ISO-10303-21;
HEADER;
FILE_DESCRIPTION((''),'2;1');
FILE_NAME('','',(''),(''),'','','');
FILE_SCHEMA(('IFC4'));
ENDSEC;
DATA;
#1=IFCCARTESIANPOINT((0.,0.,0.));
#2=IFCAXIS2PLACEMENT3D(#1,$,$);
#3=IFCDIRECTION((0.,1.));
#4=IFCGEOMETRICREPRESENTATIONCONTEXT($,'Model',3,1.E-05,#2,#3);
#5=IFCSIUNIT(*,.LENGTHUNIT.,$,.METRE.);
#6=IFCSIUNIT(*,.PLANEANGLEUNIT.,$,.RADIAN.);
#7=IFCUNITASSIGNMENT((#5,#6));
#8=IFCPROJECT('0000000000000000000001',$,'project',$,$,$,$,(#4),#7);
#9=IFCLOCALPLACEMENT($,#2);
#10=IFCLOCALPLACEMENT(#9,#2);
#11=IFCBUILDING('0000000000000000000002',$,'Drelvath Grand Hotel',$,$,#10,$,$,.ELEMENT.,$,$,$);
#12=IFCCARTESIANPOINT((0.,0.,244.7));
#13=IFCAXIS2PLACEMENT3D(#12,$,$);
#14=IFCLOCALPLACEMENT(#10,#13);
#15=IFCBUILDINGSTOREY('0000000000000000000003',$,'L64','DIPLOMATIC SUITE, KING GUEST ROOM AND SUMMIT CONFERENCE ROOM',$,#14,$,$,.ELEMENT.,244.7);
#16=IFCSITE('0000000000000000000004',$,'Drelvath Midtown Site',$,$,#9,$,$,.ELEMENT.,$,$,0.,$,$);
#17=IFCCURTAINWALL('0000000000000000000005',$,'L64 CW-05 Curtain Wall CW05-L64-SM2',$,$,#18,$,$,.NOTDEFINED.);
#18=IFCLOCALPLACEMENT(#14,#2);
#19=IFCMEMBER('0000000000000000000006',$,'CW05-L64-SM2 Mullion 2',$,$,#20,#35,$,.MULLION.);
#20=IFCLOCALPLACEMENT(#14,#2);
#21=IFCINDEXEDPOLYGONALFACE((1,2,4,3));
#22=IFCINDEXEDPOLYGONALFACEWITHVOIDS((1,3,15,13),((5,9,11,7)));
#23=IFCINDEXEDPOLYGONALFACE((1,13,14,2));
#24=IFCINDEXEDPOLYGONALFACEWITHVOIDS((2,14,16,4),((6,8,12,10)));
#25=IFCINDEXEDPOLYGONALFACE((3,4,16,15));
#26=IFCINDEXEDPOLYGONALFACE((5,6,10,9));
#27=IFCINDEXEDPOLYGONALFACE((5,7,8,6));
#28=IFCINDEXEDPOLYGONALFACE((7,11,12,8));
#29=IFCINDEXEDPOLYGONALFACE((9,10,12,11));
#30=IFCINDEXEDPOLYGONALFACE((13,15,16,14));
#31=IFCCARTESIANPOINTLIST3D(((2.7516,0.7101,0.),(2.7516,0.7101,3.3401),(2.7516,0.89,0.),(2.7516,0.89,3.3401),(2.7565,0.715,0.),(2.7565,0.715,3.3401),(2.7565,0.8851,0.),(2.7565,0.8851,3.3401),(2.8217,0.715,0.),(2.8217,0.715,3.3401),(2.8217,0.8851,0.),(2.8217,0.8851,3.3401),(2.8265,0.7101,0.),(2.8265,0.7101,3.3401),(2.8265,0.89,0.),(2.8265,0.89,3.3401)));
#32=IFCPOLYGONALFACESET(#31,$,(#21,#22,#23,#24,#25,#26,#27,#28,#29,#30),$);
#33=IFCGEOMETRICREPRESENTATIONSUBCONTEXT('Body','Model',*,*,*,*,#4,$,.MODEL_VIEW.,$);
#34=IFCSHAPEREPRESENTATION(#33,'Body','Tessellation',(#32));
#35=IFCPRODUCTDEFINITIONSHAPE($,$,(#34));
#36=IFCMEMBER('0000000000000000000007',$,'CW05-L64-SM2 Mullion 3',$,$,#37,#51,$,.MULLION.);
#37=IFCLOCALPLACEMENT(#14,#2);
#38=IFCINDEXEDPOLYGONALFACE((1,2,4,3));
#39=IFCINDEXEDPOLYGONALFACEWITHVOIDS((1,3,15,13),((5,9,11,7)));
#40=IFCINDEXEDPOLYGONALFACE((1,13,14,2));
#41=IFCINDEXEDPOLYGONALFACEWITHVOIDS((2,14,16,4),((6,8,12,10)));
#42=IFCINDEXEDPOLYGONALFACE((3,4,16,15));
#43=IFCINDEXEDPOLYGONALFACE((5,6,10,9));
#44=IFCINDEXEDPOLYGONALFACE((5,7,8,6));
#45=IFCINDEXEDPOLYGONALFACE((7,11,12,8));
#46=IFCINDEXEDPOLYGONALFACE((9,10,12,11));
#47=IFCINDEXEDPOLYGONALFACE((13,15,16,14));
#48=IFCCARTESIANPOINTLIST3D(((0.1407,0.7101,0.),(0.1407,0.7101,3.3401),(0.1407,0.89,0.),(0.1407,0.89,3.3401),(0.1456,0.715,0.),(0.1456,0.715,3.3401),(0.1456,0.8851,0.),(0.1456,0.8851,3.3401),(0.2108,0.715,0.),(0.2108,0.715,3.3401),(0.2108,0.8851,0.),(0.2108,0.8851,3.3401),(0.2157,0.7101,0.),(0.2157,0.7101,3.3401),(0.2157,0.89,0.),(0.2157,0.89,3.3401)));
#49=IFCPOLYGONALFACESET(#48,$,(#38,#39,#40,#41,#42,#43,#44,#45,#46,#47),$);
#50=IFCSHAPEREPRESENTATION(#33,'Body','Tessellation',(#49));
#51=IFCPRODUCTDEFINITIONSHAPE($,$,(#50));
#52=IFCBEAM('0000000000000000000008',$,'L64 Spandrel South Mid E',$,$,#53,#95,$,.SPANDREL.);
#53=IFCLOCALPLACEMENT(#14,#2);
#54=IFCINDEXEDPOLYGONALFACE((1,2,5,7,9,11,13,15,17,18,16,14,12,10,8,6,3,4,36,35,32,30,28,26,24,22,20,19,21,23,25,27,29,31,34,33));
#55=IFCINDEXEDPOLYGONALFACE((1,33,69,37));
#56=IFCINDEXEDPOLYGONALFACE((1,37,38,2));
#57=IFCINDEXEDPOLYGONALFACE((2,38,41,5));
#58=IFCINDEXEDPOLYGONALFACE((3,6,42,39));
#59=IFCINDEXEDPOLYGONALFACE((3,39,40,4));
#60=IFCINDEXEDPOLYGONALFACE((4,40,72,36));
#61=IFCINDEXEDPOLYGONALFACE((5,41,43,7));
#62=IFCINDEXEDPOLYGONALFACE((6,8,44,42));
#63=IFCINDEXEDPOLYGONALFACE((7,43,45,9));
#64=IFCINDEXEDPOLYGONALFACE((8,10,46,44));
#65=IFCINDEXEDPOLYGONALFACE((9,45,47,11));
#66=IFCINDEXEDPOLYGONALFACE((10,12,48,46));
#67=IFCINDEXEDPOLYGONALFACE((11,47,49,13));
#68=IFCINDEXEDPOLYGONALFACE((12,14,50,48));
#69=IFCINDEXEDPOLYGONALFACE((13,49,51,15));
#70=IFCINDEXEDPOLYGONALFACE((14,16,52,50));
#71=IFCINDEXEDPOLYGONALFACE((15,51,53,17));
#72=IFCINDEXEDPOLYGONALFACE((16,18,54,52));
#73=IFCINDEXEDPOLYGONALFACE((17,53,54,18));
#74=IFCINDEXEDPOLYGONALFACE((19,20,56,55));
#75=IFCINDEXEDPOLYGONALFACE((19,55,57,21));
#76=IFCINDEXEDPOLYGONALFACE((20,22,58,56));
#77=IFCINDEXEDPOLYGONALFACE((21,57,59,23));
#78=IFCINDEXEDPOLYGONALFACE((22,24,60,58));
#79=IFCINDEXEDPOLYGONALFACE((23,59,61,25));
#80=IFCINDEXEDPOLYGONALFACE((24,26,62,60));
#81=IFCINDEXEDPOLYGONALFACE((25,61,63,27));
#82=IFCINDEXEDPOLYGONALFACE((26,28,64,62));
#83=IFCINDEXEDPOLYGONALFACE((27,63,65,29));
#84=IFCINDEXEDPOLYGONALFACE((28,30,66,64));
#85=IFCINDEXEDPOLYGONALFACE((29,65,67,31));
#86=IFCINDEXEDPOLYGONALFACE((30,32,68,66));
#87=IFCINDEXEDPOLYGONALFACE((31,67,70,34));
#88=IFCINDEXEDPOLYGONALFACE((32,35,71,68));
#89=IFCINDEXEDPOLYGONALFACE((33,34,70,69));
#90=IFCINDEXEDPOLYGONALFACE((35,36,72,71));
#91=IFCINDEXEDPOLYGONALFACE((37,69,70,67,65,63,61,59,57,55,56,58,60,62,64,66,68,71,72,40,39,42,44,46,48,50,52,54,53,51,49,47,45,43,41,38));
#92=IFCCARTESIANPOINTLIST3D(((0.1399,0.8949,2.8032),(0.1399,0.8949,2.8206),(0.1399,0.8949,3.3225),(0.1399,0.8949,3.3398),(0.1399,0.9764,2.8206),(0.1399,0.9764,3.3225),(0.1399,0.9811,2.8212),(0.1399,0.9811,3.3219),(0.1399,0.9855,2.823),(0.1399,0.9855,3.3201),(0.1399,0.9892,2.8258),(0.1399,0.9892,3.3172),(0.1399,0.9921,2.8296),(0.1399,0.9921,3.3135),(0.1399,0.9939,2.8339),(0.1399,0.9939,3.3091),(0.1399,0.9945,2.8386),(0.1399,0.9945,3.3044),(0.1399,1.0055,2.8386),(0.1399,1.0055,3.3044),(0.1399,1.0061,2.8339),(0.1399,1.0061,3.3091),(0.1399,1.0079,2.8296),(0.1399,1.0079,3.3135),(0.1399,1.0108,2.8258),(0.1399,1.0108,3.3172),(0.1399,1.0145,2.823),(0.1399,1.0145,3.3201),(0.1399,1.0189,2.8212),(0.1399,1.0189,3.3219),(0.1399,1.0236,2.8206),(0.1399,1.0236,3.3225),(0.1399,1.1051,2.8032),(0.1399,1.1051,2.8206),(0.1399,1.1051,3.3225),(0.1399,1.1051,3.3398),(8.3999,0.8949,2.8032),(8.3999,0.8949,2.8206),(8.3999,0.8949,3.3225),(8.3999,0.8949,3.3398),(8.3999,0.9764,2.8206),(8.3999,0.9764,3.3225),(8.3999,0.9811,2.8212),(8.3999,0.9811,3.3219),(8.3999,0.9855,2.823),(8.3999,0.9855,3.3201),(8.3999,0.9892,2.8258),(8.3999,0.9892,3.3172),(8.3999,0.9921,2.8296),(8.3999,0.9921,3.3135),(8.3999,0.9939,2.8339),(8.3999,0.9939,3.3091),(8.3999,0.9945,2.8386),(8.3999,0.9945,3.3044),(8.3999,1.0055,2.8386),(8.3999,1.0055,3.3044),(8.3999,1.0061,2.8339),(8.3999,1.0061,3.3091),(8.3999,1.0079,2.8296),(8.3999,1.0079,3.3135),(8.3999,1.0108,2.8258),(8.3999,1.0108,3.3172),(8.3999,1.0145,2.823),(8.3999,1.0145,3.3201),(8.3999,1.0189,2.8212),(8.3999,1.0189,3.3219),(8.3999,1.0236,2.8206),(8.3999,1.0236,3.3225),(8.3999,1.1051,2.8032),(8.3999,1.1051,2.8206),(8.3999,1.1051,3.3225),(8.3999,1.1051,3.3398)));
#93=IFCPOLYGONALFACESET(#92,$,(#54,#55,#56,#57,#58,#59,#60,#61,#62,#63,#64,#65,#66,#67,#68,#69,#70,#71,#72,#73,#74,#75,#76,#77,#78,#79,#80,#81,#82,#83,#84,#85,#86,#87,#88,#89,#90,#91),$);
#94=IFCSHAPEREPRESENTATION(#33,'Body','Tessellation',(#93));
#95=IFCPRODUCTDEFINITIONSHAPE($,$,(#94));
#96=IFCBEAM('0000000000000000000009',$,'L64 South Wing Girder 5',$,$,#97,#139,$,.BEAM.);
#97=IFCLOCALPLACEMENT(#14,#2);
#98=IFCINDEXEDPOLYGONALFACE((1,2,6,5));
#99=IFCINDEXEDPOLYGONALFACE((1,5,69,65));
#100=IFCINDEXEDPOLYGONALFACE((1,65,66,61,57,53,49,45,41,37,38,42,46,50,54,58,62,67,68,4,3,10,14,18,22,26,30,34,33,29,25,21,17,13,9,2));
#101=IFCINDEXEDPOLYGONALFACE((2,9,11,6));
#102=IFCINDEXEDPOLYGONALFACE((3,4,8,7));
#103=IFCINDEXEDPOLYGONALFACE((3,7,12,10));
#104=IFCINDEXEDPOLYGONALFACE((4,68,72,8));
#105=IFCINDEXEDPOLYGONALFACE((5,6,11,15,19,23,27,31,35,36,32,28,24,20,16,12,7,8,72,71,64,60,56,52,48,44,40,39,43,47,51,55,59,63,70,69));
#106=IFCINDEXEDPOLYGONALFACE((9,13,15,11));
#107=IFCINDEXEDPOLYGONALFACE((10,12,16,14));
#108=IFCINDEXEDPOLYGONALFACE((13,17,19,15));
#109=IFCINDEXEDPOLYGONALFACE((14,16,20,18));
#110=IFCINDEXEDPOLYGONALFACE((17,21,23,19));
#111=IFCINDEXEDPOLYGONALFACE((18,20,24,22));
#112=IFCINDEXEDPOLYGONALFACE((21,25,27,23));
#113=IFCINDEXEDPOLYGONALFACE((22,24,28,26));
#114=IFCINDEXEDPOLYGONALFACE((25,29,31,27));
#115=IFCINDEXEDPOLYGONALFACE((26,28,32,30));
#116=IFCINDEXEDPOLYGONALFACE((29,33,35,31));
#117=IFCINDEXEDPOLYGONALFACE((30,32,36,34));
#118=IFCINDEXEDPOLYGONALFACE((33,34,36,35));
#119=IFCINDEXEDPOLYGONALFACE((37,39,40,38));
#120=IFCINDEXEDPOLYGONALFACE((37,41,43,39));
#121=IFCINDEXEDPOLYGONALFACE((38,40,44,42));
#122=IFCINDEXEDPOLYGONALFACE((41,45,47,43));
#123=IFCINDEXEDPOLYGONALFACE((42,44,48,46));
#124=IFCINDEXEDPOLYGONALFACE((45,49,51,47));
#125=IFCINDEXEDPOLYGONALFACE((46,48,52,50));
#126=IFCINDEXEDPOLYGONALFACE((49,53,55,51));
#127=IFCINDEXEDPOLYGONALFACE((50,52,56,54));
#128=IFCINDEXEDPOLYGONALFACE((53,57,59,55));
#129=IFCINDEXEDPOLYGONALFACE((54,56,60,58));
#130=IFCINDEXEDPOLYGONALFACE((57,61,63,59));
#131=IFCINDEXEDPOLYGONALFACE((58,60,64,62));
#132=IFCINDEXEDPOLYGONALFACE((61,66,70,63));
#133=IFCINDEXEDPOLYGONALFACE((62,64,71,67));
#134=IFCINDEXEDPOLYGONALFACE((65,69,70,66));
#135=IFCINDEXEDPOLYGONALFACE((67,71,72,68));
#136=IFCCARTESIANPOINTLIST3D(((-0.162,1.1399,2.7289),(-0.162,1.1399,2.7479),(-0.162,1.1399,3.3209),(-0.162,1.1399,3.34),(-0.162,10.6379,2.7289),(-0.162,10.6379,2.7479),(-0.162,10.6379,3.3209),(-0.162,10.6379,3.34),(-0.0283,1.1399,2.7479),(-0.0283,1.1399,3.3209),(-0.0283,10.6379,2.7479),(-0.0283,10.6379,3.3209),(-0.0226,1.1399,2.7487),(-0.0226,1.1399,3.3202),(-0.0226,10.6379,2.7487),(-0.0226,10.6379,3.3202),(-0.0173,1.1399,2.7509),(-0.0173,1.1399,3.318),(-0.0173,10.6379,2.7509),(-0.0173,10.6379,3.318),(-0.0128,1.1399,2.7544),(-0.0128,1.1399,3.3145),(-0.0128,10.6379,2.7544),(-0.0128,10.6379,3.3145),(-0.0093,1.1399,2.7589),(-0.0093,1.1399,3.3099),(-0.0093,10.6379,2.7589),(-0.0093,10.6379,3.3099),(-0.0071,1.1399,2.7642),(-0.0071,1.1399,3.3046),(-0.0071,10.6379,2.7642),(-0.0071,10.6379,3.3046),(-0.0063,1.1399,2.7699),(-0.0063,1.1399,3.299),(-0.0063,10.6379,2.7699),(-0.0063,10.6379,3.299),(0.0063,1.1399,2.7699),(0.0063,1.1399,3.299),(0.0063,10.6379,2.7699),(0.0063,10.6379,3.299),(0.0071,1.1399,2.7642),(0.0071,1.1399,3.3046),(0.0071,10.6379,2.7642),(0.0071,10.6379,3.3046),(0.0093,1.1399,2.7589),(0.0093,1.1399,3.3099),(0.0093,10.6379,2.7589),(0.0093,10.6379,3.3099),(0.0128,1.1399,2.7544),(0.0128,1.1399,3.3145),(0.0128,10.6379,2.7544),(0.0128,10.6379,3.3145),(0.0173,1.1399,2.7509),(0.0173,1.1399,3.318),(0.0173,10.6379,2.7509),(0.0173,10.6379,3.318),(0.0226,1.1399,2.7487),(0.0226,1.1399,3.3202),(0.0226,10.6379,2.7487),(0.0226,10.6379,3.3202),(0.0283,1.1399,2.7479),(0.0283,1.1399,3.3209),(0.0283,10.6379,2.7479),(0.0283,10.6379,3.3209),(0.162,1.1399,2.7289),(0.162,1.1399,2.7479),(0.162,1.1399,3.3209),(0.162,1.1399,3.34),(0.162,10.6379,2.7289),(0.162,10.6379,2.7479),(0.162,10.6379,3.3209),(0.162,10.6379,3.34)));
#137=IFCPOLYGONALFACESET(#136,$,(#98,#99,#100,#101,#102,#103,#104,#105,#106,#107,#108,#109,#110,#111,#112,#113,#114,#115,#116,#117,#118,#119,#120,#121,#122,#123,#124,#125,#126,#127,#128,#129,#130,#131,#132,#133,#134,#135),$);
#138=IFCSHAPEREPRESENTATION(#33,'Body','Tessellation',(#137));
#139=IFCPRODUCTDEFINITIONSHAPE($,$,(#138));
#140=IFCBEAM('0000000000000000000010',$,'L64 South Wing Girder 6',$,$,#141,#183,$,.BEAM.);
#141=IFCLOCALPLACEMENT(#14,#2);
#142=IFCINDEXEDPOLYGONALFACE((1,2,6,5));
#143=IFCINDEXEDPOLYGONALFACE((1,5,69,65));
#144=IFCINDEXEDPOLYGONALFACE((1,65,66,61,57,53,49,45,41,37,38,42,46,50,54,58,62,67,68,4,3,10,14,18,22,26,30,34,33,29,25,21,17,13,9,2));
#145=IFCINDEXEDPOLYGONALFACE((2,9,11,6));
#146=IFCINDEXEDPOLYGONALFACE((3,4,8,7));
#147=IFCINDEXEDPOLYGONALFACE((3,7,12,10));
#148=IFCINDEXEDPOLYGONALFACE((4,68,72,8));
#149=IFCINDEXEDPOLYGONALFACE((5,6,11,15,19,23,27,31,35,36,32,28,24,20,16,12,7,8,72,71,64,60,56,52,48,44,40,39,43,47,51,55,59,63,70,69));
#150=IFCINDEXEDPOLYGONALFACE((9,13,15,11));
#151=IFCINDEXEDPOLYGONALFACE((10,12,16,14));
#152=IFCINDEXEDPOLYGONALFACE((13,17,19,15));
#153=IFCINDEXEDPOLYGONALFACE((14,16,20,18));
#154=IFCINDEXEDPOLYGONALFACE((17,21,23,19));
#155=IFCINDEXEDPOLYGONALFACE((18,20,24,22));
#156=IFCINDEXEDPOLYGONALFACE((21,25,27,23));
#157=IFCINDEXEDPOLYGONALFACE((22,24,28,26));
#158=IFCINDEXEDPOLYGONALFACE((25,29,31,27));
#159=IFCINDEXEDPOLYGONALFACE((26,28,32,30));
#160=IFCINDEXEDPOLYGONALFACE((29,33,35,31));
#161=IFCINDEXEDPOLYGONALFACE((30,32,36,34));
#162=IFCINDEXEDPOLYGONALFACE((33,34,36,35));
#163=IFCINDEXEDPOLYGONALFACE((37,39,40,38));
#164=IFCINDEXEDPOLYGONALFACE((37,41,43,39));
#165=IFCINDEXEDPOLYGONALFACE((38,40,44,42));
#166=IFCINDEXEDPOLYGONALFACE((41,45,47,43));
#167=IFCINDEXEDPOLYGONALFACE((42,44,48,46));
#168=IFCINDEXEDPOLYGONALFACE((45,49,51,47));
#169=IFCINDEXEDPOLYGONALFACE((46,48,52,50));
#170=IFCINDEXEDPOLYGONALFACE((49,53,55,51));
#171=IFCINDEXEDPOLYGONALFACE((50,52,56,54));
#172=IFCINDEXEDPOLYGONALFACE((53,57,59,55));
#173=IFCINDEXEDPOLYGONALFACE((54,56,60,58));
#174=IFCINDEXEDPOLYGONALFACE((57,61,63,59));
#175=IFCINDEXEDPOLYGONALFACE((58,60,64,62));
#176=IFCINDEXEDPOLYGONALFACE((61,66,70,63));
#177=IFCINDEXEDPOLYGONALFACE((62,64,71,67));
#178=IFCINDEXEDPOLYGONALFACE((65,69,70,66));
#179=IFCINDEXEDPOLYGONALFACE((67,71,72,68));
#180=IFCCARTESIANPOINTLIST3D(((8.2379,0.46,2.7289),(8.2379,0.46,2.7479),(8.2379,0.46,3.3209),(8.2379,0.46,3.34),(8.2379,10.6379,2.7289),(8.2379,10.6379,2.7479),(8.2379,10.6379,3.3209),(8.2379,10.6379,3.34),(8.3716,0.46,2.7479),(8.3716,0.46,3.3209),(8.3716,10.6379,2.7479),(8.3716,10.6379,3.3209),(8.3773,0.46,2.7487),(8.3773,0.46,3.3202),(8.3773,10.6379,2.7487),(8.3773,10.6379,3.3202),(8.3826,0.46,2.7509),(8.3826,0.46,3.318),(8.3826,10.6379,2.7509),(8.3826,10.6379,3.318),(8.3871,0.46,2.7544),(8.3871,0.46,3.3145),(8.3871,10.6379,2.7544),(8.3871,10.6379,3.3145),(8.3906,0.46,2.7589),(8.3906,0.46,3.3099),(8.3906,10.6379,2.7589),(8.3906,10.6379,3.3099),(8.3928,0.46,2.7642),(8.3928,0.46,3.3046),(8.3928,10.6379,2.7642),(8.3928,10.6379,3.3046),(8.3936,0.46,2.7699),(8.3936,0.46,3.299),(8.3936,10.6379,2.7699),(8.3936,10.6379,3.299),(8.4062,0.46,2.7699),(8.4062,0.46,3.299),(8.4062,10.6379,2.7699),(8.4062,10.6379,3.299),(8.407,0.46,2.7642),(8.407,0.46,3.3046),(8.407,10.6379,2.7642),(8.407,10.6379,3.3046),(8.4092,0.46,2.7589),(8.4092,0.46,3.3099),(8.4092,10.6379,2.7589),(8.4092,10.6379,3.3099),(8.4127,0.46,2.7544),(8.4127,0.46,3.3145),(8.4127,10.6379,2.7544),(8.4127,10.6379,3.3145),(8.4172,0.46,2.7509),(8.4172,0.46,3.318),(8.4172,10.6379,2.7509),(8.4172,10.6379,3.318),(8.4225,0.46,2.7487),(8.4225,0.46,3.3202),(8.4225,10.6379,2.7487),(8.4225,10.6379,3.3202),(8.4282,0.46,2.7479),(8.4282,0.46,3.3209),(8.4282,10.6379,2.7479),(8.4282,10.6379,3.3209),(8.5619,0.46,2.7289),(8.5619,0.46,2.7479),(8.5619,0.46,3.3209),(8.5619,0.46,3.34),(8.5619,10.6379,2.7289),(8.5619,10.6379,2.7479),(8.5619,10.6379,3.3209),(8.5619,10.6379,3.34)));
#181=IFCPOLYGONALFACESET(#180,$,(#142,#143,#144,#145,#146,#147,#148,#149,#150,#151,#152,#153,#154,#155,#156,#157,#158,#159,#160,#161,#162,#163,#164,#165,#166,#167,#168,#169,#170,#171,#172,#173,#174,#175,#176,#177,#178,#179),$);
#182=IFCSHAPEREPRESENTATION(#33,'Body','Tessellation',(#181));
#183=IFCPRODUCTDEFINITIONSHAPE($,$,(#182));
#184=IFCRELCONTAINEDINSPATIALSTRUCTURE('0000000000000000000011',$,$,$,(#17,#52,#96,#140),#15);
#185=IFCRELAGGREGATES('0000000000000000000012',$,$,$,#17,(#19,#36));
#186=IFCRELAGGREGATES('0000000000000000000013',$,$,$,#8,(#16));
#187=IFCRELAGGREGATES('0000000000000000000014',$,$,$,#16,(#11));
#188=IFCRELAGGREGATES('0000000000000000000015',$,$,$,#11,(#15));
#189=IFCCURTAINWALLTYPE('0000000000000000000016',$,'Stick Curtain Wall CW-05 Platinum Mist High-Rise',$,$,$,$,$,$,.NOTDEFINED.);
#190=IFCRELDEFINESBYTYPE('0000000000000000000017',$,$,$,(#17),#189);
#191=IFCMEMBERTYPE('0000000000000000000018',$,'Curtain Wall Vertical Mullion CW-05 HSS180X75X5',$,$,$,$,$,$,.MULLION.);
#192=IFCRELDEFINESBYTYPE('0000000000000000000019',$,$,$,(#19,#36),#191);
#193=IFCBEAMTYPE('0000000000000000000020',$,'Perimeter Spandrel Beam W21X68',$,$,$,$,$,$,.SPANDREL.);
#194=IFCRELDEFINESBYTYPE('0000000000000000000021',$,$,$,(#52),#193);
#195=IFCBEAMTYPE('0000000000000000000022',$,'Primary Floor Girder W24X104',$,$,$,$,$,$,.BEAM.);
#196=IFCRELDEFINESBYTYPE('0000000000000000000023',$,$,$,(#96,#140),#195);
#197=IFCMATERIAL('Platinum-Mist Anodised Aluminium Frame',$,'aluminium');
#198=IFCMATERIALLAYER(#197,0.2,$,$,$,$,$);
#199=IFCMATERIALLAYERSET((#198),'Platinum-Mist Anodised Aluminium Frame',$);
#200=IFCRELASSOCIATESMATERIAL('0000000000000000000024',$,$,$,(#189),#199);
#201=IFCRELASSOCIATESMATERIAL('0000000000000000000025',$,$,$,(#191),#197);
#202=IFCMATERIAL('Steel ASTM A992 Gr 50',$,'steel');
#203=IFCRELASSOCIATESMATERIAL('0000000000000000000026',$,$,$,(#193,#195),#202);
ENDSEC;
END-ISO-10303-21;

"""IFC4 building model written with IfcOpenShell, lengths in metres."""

from ifc_helpers import new_model, si_unit, direction, frame, origin, origin_2d, place, context, subcontext, project, spatial, hollow_rectangle, i_section, extrude, material, layer, layer_set, material_profile, profile_set, type_object, element, aggregate, save


model = new_model("IFC4")

# Units and contexts
model_context = context("Model", 3, precision=1e-05, world=origin(), true_north=direction((0.0, 1.0)))
body_context = subcontext(model_context, "Body", "Model", "MODEL_VIEW")
ifc_project = project(units=[si_unit("LENGTHUNIT", "METRE"), si_unit("PLANEANGLEUNIT", "RADIAN")], contexts=[model_context])

# Site, building, storey
site_placement = place(None, origin())
site = spatial("IfcSite", under=ifc_project, at=site_placement, Name="Drelvath Midtown Site", CompositionType="ELEMENT", RefElevation=0.0)
building_placement = place(site_placement, origin())
building = spatial("IfcBuilding", under=site, at=building_placement, Name="Drelvath Grand Hotel", CompositionType="ELEMENT")
storey_placement = place(building_placement, frame((0.0, 0.0, 244.7)))
storey = spatial("IfcBuildingStorey", under=building, at=storey_placement, Name="L64", Description="DIPLOMATIC SUITE, KING GUEST ROOM AND SUMMIT CONFERENCE ROOM", CompositionType="ELEMENT", Elevation=244.7)

# Curtain wall
ifc_material_1 = material(Name="Platinum-Mist Anodised Aluminium Frame", Category="aluminium")
ifc_layer_1 = layer(ifc_material_1, 0.2)
ifc_layer_set_1 = layer_set([ifc_layer_1], Name="Platinum-Mist Anodised Aluminium Frame")
curtain_wall_type = type_object("IfcCurtainWallType", Name="Stick Curtain Wall CW-05 Platinum Mist High-Rise", PredefinedType="NOTDEFINED", material=ifc_layer_set_1)
curtain_wall_1_placement = place(storey_placement, origin())
curtain_wall_1 = element("IfcCurtainWall", 1, at=curtain_wall_1_placement, inside=storey, type_object=curtain_wall_type, Name="L64 CW-05 Curtain Wall CW05-L64-SM2", PredefinedType="NOTDEFINED")

# Members
ifc_material_profile_1 = material_profile(ifc_material_1, hollow_rectangle(XDim=0.075, YDim=0.1799, WallThickness=0.0049, at=origin_2d()), Name="HSS180X75X5")
ifc_profile_set_1 = profile_set([ifc_material_profile_1], Name="Platinum-Mist Anodised Aluminium Frame")
member_type_1 = type_object("IfcMemberType", Name="Curtain Wall Vertical Mullion CW-05 HSS180X75X5", PredefinedType="MULLION", material=ifc_profile_set_1)
member_1_placement = place(storey_placement, frame((2.7891, 0.8, 0.0), z_axis=(0.0, 0.0, 1.0), x_axis=(1.0, 0.0, 0.0)))
member_1 = element("IfcMember", 2, at=member_1_placement, type_object=member_type_1, Name="CW05-L64-SM2 Mullion 2", PredefinedType="MULLION", context=body_context, shape_type="SweptSolid", body=[
    extrude(hollow_rectangle(XDim=0.075, YDim=0.1799, WallThickness=0.0049, at=origin_2d()), origin(), (0.0, 0.0, 1.0), 3.3401),
])
member_2_placement = place(storey_placement, frame((0.1782, 0.8, 0.0), z_axis=(0.0, 0.0, 1.0), x_axis=(1.0, 0.0, 0.0)))
member_2 = element("IfcMember", 3, at=member_2_placement, type_object=member_type_1, Name="CW05-L64-SM2 Mullion 3", PredefinedType="MULLION", context=body_context, shape_type="SweptSolid", body=[
    extrude(hollow_rectangle(XDim=0.075, YDim=0.1799, WallThickness=0.0049, at=origin_2d()), origin(), (0.0, 0.0, 1.0), 3.3401),
])

# Beams
ifc_material_2 = material(Name="Steel ASTM A992 Gr 50", Category="steel")
ifc_material_profile_2 = material_profile(ifc_material_2, i_section(OverallWidth=0.2102, OverallDepth=0.5366, WebThickness=0.011, FlangeThickness=0.0173, FilletRadius=0.0181, at=origin_2d()), Name="W21X68")
ifc_profile_set_2 = profile_set([ifc_material_profile_2], Name="Steel ASTM A992 Gr 50")
beam_type_1 = type_object("IfcBeamType", Name="Perimeter Spandrel Beam W21X68", PredefinedType="SPANDREL", material=ifc_profile_set_2)
beam_1_placement = place(storey_placement, frame((0.1399, 1.0, 3.0715), z_axis=(1.0, 0.0, 0.0), x_axis=(0.0, 1.0, 0.0)))
element("IfcBeam", 4, at=beam_1_placement, inside=storey, type_object=beam_type_1, Name="L64 Spandrel South Mid E", PredefinedType="SPANDREL", context=body_context, shape_type="SweptSolid", body=[
    extrude(i_section(OverallWidth=0.2102, OverallDepth=0.5366, WebThickness=0.011, FlangeThickness=0.0173, FilletRadius=0.0181, at=origin_2d()), origin(), (0.0, 0.0, 1.0), 8.26),
])
ifc_material_profile_3 = material_profile(ifc_material_2, i_section(OverallWidth=0.324, OverallDepth=0.6111, WebThickness=0.0127, FlangeThickness=0.019, FilletRadius=0.022, at=origin_2d()), Name="W24X104")
ifc_profile_set_3 = profile_set([ifc_material_profile_3], Name="Steel ASTM A992 Gr 50")
beam_type_2 = type_object("IfcBeamType", Name="Primary Floor Girder W24X104", PredefinedType="BEAM", material=ifc_profile_set_3)
beam_2_placement = place(storey_placement, frame((0.0, 1.1399, 3.0344), z_axis=(0.0, 1.0, 0.0), x_axis=(-1.0, 0.0, 0.0)))
element("IfcBeam", 5, at=beam_2_placement, inside=storey, type_object=beam_type_2, Name="L64 South Wing Girder 5", PredefinedType="BEAM", context=body_context, shape_type="SweptSolid", body=[
    extrude(i_section(OverallWidth=0.324, OverallDepth=0.6111, WebThickness=0.0127, FlangeThickness=0.019, FilletRadius=0.022, at=origin_2d()), origin(), (0.0, 0.0, 1.0), 9.498),
])
beam_3_placement = place(storey_placement, frame((8.3999, 0.46, 3.0344), z_axis=(0.0, 1.0, 0.0), x_axis=(-1.0, 0.0, 0.0)))
element("IfcBeam", 6, at=beam_3_placement, inside=storey, type_object=beam_type_2, Name="L64 South Wing Girder 6", PredefinedType="BEAM", context=body_context, shape_type="SweptSolid", body=[
    extrude(i_section(OverallWidth=0.324, OverallDepth=0.6111, WebThickness=0.0127, FlangeThickness=0.019, FilletRadius=0.022, at=origin_2d()), origin(), (0.0, 0.0, 1.0), 10.178),
])

aggregate(curtain_wall_1, [member_1, member_2])

save(model, "model.ifc")
